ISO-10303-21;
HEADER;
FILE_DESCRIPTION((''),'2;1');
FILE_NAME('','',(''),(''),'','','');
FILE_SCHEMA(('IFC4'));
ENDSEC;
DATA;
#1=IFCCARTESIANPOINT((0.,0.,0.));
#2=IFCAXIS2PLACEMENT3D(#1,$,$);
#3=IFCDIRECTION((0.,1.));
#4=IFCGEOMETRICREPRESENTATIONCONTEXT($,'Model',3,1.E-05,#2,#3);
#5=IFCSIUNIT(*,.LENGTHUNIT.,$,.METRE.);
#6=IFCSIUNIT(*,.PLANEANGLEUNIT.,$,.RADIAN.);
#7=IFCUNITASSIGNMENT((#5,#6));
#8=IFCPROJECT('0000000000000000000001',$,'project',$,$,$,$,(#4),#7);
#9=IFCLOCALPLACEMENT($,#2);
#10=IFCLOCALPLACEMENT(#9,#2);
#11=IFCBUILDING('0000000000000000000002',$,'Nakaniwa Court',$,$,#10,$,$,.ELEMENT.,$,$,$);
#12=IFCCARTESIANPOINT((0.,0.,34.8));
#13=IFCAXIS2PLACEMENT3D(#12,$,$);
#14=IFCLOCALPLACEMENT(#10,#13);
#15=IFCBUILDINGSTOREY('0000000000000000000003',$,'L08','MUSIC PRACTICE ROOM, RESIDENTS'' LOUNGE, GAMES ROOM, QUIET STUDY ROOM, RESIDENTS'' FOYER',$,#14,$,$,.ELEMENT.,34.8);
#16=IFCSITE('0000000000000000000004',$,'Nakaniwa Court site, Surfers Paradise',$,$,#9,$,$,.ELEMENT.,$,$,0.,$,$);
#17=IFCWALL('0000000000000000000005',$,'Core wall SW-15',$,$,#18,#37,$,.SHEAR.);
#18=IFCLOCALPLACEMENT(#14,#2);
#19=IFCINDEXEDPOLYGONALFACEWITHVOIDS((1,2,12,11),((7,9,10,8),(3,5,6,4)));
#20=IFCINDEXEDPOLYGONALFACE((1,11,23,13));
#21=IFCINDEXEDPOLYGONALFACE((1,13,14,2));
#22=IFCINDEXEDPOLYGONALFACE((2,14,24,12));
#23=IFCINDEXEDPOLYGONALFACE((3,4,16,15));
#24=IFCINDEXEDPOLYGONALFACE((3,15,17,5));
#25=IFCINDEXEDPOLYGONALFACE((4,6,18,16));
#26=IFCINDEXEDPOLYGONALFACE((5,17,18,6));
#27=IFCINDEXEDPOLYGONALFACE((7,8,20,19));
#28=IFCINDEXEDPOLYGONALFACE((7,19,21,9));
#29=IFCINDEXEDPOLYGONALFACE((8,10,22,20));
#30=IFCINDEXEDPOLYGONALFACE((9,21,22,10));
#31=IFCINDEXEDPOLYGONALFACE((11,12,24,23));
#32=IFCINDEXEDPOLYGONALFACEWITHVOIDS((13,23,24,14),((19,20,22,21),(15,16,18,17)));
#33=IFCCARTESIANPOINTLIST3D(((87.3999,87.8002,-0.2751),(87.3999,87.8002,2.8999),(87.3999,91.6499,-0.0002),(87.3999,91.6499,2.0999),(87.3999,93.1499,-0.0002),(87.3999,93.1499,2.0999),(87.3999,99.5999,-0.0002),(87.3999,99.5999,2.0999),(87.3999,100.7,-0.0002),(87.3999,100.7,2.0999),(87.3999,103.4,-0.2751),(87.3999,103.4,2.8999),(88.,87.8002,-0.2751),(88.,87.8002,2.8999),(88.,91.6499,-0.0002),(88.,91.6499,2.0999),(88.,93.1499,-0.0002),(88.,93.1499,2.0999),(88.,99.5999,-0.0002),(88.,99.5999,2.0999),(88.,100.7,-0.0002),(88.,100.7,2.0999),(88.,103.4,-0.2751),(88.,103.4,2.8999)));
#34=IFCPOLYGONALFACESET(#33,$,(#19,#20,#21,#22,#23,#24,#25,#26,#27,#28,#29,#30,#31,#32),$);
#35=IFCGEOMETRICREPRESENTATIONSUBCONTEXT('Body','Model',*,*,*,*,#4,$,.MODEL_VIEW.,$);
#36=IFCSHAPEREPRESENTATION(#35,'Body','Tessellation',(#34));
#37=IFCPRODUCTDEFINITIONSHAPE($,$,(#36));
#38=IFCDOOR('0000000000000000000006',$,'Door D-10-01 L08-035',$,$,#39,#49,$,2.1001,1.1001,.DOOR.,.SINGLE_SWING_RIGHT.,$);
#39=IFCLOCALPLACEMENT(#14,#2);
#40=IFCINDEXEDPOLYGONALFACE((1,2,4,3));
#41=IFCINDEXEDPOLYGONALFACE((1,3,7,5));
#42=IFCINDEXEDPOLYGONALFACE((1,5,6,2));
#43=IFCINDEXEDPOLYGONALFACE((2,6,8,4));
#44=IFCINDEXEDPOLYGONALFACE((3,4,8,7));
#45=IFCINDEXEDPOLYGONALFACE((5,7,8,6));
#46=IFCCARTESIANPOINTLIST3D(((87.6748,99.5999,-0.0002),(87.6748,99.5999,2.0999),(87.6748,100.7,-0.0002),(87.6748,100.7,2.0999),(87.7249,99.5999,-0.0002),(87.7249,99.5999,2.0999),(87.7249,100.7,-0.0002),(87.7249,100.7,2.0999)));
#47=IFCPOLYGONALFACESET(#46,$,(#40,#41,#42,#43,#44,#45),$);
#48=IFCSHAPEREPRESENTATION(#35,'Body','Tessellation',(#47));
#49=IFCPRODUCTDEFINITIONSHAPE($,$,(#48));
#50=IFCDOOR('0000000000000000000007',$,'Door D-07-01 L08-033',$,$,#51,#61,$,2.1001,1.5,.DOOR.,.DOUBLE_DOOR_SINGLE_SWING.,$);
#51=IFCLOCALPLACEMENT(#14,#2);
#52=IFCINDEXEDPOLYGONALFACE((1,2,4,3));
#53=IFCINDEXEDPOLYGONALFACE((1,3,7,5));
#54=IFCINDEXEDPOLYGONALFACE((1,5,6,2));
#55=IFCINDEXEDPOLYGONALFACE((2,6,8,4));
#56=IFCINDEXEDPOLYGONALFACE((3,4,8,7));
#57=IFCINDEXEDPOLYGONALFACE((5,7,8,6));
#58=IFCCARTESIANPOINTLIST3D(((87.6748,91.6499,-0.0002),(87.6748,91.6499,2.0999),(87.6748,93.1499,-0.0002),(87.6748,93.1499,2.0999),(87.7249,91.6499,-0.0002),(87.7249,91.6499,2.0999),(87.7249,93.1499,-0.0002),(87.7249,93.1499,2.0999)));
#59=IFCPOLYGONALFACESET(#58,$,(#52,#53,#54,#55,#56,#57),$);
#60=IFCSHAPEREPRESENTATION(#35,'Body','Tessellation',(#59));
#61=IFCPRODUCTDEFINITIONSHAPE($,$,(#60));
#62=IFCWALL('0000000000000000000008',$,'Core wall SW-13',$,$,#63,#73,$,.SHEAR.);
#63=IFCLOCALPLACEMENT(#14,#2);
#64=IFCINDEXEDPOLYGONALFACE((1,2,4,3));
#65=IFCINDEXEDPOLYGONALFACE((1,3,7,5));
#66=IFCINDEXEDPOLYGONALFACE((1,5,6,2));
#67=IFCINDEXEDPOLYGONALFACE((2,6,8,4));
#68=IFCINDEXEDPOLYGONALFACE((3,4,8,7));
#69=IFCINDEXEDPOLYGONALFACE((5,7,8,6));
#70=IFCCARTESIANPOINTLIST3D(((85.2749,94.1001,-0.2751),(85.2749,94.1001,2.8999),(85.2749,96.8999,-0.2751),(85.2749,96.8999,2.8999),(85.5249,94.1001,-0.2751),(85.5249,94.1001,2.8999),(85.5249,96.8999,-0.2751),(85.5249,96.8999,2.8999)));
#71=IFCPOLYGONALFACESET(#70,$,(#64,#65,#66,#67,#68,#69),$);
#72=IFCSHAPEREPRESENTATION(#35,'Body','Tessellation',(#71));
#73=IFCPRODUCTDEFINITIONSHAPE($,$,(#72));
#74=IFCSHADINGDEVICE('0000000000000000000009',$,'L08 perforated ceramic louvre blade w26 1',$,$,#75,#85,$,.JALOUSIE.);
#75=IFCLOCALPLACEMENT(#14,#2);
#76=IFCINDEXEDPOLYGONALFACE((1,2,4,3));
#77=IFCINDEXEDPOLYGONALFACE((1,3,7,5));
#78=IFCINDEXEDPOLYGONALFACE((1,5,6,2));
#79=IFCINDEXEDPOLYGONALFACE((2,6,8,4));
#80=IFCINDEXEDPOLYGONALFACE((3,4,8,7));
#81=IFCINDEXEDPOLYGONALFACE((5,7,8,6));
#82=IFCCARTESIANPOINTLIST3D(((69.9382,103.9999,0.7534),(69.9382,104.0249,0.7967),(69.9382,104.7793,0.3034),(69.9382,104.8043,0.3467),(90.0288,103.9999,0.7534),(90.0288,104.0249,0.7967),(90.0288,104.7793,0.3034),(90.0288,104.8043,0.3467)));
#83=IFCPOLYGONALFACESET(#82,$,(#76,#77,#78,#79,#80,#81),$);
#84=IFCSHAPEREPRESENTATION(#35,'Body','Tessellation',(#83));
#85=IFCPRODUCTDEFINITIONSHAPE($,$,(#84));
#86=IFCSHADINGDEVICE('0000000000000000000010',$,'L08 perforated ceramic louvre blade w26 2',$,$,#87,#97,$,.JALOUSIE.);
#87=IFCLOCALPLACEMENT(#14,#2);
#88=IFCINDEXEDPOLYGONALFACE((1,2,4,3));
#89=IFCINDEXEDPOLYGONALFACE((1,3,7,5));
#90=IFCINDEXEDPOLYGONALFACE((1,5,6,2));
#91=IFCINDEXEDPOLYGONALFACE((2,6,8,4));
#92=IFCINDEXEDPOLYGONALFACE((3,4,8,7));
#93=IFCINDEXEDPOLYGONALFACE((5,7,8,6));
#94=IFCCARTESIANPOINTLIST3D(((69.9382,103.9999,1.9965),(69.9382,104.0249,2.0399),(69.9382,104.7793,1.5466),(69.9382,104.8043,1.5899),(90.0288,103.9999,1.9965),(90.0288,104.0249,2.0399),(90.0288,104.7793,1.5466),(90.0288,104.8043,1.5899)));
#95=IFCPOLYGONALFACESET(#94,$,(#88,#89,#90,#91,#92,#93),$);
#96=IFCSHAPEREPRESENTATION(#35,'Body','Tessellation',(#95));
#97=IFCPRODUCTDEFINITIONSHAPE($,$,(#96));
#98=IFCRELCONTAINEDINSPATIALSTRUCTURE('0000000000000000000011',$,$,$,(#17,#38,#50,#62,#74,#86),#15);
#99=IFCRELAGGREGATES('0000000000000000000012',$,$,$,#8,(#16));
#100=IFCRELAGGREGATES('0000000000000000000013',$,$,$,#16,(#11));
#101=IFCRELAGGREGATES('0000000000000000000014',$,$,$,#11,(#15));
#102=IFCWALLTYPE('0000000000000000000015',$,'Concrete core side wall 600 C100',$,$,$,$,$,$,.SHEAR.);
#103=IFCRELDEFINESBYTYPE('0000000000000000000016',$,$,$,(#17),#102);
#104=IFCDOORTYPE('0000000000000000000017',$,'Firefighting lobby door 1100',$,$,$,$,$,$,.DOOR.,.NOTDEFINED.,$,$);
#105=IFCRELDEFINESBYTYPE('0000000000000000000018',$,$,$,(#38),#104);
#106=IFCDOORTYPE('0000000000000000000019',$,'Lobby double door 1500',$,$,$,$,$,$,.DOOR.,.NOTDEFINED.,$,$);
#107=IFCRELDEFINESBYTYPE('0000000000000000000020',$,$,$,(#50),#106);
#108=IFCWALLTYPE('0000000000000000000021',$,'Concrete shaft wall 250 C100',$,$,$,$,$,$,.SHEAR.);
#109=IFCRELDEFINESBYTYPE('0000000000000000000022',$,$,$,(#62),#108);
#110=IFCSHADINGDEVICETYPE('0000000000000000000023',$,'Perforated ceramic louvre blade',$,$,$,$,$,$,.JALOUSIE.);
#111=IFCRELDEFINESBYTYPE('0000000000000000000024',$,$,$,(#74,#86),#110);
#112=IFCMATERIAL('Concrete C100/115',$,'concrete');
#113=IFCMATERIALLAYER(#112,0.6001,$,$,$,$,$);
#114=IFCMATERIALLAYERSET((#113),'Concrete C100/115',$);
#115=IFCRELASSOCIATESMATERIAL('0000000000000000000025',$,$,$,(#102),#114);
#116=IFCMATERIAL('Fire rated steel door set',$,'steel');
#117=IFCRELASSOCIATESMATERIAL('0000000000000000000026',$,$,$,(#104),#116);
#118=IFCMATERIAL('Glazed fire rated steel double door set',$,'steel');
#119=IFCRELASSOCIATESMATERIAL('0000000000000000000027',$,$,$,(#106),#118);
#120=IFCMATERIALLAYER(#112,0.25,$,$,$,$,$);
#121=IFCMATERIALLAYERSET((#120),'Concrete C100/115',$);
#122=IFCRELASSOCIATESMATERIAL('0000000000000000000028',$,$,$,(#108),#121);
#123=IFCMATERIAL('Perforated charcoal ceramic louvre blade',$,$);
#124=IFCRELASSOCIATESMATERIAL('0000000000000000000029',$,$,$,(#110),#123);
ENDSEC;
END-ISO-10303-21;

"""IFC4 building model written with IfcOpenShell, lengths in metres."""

from ifc_helpers import new_model, si_unit, direction, frame, frame_2d, origin, origin_2d, place, context, subcontext, project, spatial, rectangle, extrude, material, layer, layer_set, material_profile, profile_set, type_object, element, fill, save


model = new_model("IFC4")

# Units and contexts
model_context = context("Model", 3, precision=1e-05, world=origin(), true_north=direction((0.0, 1.0)))
body_context = subcontext(model_context, "Body", "Model", "MODEL_VIEW")
ifc_project = project(units=[si_unit("LENGTHUNIT", "METRE"), si_unit("PLANEANGLEUNIT", "RADIAN")], contexts=[model_context])

# Site, building, storey
site_placement = place(None, origin())
site = spatial("IfcSite", under=ifc_project, at=site_placement, Name="Nakaniwa Court site, Surfers Paradise", CompositionType="ELEMENT", RefElevation=0.0)
building_placement = place(site_placement, origin())
building = spatial("IfcBuilding", under=site, at=building_placement, Name="Nakaniwa Court", CompositionType="ELEMENT")
storey_placement = place(building_placement, frame((0.0, 0.0, 34.8)))
storey = spatial("IfcBuildingStorey", under=building, at=storey_placement, Name="L08", Description="MUSIC PRACTICE ROOM, RESIDENTS' LOUNGE, GAMES ROOM, QUIET STUDY ROOM, RESIDENTS' FOYER", CompositionType="ELEMENT", Elevation=34.8)

# Shared definitions
ifc_material_1 = material(Name="Concrete C100/115", Category="concrete")

# Shared definitions
ifc_material_2 = material(Name="Fire rated steel door set", Category="steel")

# Wall, openings, doors
ifc_layer_1 = layer(ifc_material_1, 0.6001)
ifc_layer_set_1 = layer_set([ifc_layer_1], Name="Concrete C100/115")
wall_type_1 = type_object("IfcWallType", Name="Concrete core side wall 600 C100", PredefinedType="SHEAR", material=ifc_layer_set_1)
wall_1_placement = place(storey_placement, frame((87.7, 103.3999, -0.2751), z_axis=(0.0, 0.0, 1.0), x_axis=(0.0, -1.0, 0.0)))
wall_1 = element("IfcWall", 1, at=wall_1_placement, inside=storey, type_object=wall_type_1, Name="Core wall SW-15", PredefinedType="SHEAR", context=body_context, shape_type="SweptSolid", body=[
    extrude(rectangle(XDim=15.5999, YDim=0.6001, at=frame_2d((7.7998, 0.0))), origin(), (0.0, 0.0, 1.0), 3.175),
])
opening_1_placement = place(wall_1_placement, frame((10.25, 0.0, 0.2749)))
opening_1 = element("IfcOpeningElement", 2, at=opening_1_placement, cuts=wall_1, PredefinedType="OPENING", context=body_context, shape_type="SweptSolid", body=[
    extrude(rectangle(XDim=1.5, YDim=2.1001, at=frame_2d((0.75, 1.05))), frame((0.0, 0.3101, 0.0), z_axis=(0.0, -1.0, 0.0), x_axis=(1.0, 0.0, 0.0)), (0.0, 0.0, 1.0), 0.6201),
])
opening_2_placement = place(wall_1_placement, frame((2.7, 0.0, 0.2749)))
opening_2 = element("IfcOpeningElement", 3, at=opening_2_placement, cuts=wall_1, PredefinedType="OPENING", context=body_context, shape_type="SweptSolid", body=[
    extrude(rectangle(XDim=1.1001, YDim=2.1001, at=frame_2d((0.55, 1.05))), frame((0.0, 0.3101, 0.0), z_axis=(0.0, -1.0, 0.0), x_axis=(1.0, 0.0, 0.0)), (0.0, 0.0, 1.0), 0.6201),
])
door_type_1 = type_object("IfcDoorType", Name="Firefighting lobby door 1100", OperationType="NOTDEFINED", PredefinedType="DOOR", material=ifc_material_2)
door_1_placement = place(opening_2_placement, origin())
door_1 = element("IfcDoor", 4, at=door_1_placement, inside=storey, type_object=door_type_1, Name="Door D-10-01 L08-035", OperationType="SINGLE_SWING_RIGHT", OverallHeight=2.1001, OverallWidth=1.1001, PredefinedType="DOOR", context=body_context, shape_type="SweptSolid", body=[
    extrude(rectangle(XDim=1.1001, YDim=2.1001, at=frame_2d((0.55, 1.05))), frame((0.0, 0.0249, 0.0), z_axis=(0.0, -1.0, 0.0), x_axis=(1.0, 0.0, 0.0)), (0.0, 0.0, 1.0), 0.05),
])
fill(opening_2, door_1)
ifc_material_3 = material(Name="Glazed fire rated steel double door set", Category="steel")
door_type_2 = type_object("IfcDoorType", Name="Lobby double door 1500", OperationType="NOTDEFINED", PredefinedType="DOOR", material=ifc_material_3)
door_2_placement = place(opening_1_placement, origin())
door_2 = element("IfcDoor", 5, at=door_2_placement, inside=storey, type_object=door_type_2, Name="Door D-07-01 L08-033", OperationType="DOUBLE_DOOR_SINGLE_SWING", OverallHeight=2.1001, OverallWidth=1.5, PredefinedType="DOOR", context=body_context, shape_type="SweptSolid", body=[
    extrude(rectangle(XDim=1.5, YDim=2.1001, at=frame_2d((0.75, 1.05))), frame((0.0, 0.0249, 0.0), z_axis=(0.0, -1.0, 0.0), x_axis=(1.0, 0.0, 0.0)), (0.0, 0.0, 1.0), 0.05),
])
fill(opening_1, door_2)

# Wall
ifc_layer_2 = layer(ifc_material_1, 0.25)
ifc_layer_set_2 = layer_set([ifc_layer_2], Name="Concrete C100/115")
wall_type_2 = type_object("IfcWallType", Name="Concrete shaft wall 250 C100", PredefinedType="SHEAR", material=ifc_layer_set_2)
wall_2_placement = place(storey_placement, frame((85.3999, 94.1001, -0.2751), z_axis=(0.0, 0.0, 1.0), x_axis=(0.0, 1.0, 0.0)))
element("IfcWall", 6, at=wall_2_placement, inside=storey, type_object=wall_type_2, Name="Core wall SW-13", PredefinedType="SHEAR", context=body_context, shape_type="SweptSolid", body=[
    extrude(rectangle(XDim=2.7998, YDim=0.25, at=frame_2d((1.3999, 0.0))), origin(), (0.0, 0.0, 1.0), 3.175),
])

# Shading devices
ifc_material_4 = material(Name="Perforated charcoal ceramic louvre blade")
ifc_material_profile_1 = material_profile(ifc_material_4, rectangle(XDim=0.8999, YDim=0.05, at=origin_2d()), Name="Perforated ceramic louvre blade")
ifc_profile_set_1 = profile_set([ifc_material_profile_1], Name="Perforated charcoal ceramic louvre blade")
shading_device_type = type_object("IfcShadingDeviceType", Name="Perforated ceramic louvre blade", PredefinedType="JALOUSIE", material=ifc_profile_set_1)
for number, where, z_axis, x_axis, name in (
    (7, (90.0288, 104.4021, 0.55), (-1.0, 0.0, 0.0), (0.0, -0.866025, 0.5), "L08 perforated ceramic louvre blade w26 1"),
    (8, (90.0288, 104.4021, 1.7932), (-1.0, 0.0, 0.0), (0.0, -0.866025, 0.5), "L08 perforated ceramic louvre blade w26 2"),
):
    element("IfcShadingDevice", number, at=place(storey_placement, frame(where, z_axis=z_axis, x_axis=x_axis)), inside=storey, type_object=shading_device_type, Name=name, PredefinedType="JALOUSIE", context=body_context, shape_type="SweptSolid", body=[
        extrude(rectangle(XDim=0.8999, YDim=0.05, at=origin_2d()), origin(), (0.0, 0.0, 1.0), 20.0906),
    ])

save(model, "model.ifc")
